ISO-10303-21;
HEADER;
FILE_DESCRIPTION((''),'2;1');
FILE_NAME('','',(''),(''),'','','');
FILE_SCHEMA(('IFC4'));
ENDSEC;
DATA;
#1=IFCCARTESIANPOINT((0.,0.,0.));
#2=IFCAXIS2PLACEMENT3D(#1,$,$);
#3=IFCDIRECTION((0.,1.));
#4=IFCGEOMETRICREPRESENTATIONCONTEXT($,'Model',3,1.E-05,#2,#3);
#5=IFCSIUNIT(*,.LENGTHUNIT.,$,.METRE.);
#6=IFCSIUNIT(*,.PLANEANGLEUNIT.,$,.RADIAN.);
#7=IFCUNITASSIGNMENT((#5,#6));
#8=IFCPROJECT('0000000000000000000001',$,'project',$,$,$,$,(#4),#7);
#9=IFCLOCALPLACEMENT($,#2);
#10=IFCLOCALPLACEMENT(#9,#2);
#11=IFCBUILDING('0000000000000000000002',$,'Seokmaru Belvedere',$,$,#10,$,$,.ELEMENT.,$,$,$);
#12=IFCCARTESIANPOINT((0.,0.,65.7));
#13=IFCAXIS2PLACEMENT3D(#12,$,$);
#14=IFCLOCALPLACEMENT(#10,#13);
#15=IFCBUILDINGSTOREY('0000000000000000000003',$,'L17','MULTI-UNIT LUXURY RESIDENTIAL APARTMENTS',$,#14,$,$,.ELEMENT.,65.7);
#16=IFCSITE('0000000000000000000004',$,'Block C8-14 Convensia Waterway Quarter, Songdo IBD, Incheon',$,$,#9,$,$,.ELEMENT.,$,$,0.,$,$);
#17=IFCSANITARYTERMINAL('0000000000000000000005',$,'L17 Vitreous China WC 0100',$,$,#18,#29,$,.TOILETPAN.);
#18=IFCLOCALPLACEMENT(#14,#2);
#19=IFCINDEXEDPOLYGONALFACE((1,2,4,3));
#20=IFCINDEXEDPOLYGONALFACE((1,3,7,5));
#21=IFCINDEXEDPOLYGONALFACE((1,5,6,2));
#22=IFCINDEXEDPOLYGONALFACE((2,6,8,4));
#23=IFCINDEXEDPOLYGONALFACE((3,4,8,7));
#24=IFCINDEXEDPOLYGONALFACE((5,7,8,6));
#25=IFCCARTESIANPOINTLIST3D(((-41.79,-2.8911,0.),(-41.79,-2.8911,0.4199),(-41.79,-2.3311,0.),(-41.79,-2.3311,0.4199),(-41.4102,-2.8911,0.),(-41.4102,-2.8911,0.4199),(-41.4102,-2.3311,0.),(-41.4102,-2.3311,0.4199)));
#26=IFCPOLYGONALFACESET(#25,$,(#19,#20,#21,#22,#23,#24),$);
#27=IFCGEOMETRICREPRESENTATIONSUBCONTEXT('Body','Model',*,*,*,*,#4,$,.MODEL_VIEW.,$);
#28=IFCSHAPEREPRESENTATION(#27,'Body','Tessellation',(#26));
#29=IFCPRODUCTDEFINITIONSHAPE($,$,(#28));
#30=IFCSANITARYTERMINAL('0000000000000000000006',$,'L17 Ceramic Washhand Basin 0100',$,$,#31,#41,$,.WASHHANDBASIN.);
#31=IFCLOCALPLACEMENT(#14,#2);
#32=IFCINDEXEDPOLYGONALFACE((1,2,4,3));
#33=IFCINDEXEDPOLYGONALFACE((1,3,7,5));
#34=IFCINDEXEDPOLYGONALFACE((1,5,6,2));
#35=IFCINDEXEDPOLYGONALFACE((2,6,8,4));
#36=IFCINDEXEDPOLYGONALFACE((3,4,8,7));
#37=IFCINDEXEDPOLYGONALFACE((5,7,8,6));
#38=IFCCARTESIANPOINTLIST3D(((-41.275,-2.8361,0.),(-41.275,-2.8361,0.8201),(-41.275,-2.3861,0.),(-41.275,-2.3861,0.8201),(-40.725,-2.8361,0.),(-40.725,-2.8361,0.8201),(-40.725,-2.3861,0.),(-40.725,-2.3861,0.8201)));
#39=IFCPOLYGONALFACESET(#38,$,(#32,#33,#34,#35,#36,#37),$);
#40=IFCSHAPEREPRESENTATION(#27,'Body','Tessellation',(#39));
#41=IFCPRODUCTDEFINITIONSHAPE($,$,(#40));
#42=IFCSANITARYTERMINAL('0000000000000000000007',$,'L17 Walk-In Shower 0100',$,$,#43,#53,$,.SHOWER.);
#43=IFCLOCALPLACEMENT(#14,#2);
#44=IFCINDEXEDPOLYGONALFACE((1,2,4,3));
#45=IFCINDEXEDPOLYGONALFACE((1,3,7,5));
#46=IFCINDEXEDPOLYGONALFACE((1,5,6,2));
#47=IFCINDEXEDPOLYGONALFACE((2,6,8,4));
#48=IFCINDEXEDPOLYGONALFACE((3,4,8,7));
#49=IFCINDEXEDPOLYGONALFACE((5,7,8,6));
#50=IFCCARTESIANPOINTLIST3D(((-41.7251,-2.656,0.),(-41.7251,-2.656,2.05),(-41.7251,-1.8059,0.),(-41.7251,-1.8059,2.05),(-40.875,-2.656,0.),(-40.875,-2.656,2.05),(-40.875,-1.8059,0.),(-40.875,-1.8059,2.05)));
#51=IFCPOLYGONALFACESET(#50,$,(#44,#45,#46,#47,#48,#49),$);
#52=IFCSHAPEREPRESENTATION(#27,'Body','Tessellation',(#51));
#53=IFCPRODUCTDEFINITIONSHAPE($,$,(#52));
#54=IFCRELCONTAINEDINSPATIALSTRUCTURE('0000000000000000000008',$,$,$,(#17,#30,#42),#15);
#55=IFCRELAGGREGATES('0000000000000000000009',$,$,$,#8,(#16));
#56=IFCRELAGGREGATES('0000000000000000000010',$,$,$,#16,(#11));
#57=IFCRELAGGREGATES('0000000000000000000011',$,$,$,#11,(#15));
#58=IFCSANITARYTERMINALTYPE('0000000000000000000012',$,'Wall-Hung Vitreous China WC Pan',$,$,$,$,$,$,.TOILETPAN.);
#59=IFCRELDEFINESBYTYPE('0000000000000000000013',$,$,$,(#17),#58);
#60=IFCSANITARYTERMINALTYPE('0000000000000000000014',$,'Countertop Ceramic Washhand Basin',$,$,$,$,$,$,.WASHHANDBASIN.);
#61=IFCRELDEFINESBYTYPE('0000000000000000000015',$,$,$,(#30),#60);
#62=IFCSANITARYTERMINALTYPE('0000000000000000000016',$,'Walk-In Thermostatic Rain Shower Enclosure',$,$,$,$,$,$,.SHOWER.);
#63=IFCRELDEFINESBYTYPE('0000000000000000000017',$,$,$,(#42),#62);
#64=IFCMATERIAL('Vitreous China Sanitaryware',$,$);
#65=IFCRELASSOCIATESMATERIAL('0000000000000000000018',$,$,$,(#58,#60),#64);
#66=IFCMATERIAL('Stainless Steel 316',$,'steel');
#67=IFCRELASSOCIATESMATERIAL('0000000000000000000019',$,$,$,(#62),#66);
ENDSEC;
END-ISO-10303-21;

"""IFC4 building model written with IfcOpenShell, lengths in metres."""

from ifc_helpers import new_model, si_unit, direction, frame, origin, origin_2d, place, context, subcontext, project, spatial, rectangle, extrude, source, transform, mapped, material, type_object, type_shapes, element, save


model = new_model("IFC4")

# Units and contexts
model_context = context("Model", 3, precision=1e-05, world=origin(), true_north=direction((0.0, 1.0)))
body_context = subcontext(model_context, "Body", "Model", "MODEL_VIEW")
ifc_project = project(units=[si_unit("LENGTHUNIT", "METRE"), si_unit("PLANEANGLEUNIT", "RADIAN")], contexts=[model_context])

# Site, building, storey
site_placement = place(None, origin())
site = spatial("IfcSite", under=ifc_project, at=site_placement, Name="Block C8-14 Convensia Waterway Quarter, Songdo IBD, Incheon", CompositionType="ELEMENT", RefElevation=0.0)
building_placement = place(site_placement, origin())
building = spatial("IfcBuilding", under=site, at=building_placement, Name="Seokmaru Belvedere", CompositionType="ELEMENT")
storey_placement = place(building_placement, frame((0.0, 0.0, 65.7)))
storey = spatial("IfcBuildingStorey", under=building, at=storey_placement, Name="L17", Description="MULTI-UNIT LUXURY RESIDENTIAL APARTMENTS", CompositionType="ELEMENT", Elevation=65.7)

# Sanitary terminals
ifc_material_1 = material(Name="Vitreous China Sanitaryware")
sanitary_terminal_type_1 = type_object("IfcSanitaryTerminalType", Name="Wall-Hung Vitreous China WC Pan", PredefinedType="TOILETPAN", material=ifc_material_1)
shared_shape_1 = source(origin(), body_context, "Body", "SweptSolid", [
    extrude(rectangle(XDim=0.3799, YDim=0.5601, at=origin_2d()), origin(), (0.0, 0.0, 1.0), 0.4199),
])
type_shapes(sanitary_terminal_type_1, [shared_shape_1])
sanitary_terminal_1_placement = place(storey_placement, frame((-41.6001, -2.6111, 0.0), z_axis=(0.0, 0.0, 1.0), x_axis=(1.0, 0.0, 0.0)))
element("IfcSanitaryTerminal", 1, at=sanitary_terminal_1_placement, inside=storey, type_object=sanitary_terminal_type_1, Name="L17 Vitreous China WC 0100", PredefinedType="TOILETPAN", context=body_context, shape_type="MappedRepresentation", body=[
    mapped(shared_shape_1, transform((0.0, 0.0, 0.0), scale=1.0)),
])
sanitary_terminal_type_2 = type_object("IfcSanitaryTerminalType", Name="Countertop Ceramic Washhand Basin", PredefinedType="WASHHANDBASIN", material=ifc_material_1)
shared_shape_2 = source(origin(), body_context, "Body", "SweptSolid", [
    extrude(rectangle(XDim=0.55, YDim=0.45, at=origin_2d()), origin(), (0.0, 0.0, 1.0), 0.8201),
])
type_shapes(sanitary_terminal_type_2, [shared_shape_2])
sanitary_terminal_2_placement = place(storey_placement, frame((-41.0, -2.6111, 0.0), z_axis=(0.0, 0.0, 1.0), x_axis=(1.0, 0.0, 0.0)))
element("IfcSanitaryTerminal", 2, at=sanitary_terminal_2_placement, inside=storey, type_object=sanitary_terminal_type_2, Name="L17 Ceramic Washhand Basin 0100", PredefinedType="WASHHANDBASIN", context=body_context, shape_type="MappedRepresentation", body=[
    mapped(shared_shape_2, transform((0.0, 0.0, 0.0), scale=1.0)),
])
ifc_material_2 = material(Name="Stainless Steel 316", Category="steel")
sanitary_terminal_type_3 = type_object("IfcSanitaryTerminalType", Name="Walk-In Thermostatic Rain Shower Enclosure", PredefinedType="SHOWER", material=ifc_material_2)
shared_shape_3 = source(origin(), body_context, "Body", "SweptSolid", [
    extrude(rectangle(XDim=0.8501, YDim=0.8501, at=origin_2d()), origin(), (0.0, 0.0, 1.0), 2.05),
])
type_shapes(sanitary_terminal_type_3, [shared_shape_3])
sanitary_terminal_3_placement = place(storey_placement, frame((-41.3, -2.231, 0.0), z_axis=(0.0, 0.0, 1.0), x_axis=(1.0, 0.0, 0.0)))
element("IfcSanitaryTerminal", 3, at=sanitary_terminal_3_placement, inside=storey, type_object=sanitary_terminal_type_3, Name="L17 Walk-In Shower 0100", PredefinedType="SHOWER", context=body_context, shape_type="MappedRepresentation", body=[
    mapped(shared_shape_3, transform((0.0, 0.0, 0.0), scale=1.0)),
])

save(model, "model.ifc")
